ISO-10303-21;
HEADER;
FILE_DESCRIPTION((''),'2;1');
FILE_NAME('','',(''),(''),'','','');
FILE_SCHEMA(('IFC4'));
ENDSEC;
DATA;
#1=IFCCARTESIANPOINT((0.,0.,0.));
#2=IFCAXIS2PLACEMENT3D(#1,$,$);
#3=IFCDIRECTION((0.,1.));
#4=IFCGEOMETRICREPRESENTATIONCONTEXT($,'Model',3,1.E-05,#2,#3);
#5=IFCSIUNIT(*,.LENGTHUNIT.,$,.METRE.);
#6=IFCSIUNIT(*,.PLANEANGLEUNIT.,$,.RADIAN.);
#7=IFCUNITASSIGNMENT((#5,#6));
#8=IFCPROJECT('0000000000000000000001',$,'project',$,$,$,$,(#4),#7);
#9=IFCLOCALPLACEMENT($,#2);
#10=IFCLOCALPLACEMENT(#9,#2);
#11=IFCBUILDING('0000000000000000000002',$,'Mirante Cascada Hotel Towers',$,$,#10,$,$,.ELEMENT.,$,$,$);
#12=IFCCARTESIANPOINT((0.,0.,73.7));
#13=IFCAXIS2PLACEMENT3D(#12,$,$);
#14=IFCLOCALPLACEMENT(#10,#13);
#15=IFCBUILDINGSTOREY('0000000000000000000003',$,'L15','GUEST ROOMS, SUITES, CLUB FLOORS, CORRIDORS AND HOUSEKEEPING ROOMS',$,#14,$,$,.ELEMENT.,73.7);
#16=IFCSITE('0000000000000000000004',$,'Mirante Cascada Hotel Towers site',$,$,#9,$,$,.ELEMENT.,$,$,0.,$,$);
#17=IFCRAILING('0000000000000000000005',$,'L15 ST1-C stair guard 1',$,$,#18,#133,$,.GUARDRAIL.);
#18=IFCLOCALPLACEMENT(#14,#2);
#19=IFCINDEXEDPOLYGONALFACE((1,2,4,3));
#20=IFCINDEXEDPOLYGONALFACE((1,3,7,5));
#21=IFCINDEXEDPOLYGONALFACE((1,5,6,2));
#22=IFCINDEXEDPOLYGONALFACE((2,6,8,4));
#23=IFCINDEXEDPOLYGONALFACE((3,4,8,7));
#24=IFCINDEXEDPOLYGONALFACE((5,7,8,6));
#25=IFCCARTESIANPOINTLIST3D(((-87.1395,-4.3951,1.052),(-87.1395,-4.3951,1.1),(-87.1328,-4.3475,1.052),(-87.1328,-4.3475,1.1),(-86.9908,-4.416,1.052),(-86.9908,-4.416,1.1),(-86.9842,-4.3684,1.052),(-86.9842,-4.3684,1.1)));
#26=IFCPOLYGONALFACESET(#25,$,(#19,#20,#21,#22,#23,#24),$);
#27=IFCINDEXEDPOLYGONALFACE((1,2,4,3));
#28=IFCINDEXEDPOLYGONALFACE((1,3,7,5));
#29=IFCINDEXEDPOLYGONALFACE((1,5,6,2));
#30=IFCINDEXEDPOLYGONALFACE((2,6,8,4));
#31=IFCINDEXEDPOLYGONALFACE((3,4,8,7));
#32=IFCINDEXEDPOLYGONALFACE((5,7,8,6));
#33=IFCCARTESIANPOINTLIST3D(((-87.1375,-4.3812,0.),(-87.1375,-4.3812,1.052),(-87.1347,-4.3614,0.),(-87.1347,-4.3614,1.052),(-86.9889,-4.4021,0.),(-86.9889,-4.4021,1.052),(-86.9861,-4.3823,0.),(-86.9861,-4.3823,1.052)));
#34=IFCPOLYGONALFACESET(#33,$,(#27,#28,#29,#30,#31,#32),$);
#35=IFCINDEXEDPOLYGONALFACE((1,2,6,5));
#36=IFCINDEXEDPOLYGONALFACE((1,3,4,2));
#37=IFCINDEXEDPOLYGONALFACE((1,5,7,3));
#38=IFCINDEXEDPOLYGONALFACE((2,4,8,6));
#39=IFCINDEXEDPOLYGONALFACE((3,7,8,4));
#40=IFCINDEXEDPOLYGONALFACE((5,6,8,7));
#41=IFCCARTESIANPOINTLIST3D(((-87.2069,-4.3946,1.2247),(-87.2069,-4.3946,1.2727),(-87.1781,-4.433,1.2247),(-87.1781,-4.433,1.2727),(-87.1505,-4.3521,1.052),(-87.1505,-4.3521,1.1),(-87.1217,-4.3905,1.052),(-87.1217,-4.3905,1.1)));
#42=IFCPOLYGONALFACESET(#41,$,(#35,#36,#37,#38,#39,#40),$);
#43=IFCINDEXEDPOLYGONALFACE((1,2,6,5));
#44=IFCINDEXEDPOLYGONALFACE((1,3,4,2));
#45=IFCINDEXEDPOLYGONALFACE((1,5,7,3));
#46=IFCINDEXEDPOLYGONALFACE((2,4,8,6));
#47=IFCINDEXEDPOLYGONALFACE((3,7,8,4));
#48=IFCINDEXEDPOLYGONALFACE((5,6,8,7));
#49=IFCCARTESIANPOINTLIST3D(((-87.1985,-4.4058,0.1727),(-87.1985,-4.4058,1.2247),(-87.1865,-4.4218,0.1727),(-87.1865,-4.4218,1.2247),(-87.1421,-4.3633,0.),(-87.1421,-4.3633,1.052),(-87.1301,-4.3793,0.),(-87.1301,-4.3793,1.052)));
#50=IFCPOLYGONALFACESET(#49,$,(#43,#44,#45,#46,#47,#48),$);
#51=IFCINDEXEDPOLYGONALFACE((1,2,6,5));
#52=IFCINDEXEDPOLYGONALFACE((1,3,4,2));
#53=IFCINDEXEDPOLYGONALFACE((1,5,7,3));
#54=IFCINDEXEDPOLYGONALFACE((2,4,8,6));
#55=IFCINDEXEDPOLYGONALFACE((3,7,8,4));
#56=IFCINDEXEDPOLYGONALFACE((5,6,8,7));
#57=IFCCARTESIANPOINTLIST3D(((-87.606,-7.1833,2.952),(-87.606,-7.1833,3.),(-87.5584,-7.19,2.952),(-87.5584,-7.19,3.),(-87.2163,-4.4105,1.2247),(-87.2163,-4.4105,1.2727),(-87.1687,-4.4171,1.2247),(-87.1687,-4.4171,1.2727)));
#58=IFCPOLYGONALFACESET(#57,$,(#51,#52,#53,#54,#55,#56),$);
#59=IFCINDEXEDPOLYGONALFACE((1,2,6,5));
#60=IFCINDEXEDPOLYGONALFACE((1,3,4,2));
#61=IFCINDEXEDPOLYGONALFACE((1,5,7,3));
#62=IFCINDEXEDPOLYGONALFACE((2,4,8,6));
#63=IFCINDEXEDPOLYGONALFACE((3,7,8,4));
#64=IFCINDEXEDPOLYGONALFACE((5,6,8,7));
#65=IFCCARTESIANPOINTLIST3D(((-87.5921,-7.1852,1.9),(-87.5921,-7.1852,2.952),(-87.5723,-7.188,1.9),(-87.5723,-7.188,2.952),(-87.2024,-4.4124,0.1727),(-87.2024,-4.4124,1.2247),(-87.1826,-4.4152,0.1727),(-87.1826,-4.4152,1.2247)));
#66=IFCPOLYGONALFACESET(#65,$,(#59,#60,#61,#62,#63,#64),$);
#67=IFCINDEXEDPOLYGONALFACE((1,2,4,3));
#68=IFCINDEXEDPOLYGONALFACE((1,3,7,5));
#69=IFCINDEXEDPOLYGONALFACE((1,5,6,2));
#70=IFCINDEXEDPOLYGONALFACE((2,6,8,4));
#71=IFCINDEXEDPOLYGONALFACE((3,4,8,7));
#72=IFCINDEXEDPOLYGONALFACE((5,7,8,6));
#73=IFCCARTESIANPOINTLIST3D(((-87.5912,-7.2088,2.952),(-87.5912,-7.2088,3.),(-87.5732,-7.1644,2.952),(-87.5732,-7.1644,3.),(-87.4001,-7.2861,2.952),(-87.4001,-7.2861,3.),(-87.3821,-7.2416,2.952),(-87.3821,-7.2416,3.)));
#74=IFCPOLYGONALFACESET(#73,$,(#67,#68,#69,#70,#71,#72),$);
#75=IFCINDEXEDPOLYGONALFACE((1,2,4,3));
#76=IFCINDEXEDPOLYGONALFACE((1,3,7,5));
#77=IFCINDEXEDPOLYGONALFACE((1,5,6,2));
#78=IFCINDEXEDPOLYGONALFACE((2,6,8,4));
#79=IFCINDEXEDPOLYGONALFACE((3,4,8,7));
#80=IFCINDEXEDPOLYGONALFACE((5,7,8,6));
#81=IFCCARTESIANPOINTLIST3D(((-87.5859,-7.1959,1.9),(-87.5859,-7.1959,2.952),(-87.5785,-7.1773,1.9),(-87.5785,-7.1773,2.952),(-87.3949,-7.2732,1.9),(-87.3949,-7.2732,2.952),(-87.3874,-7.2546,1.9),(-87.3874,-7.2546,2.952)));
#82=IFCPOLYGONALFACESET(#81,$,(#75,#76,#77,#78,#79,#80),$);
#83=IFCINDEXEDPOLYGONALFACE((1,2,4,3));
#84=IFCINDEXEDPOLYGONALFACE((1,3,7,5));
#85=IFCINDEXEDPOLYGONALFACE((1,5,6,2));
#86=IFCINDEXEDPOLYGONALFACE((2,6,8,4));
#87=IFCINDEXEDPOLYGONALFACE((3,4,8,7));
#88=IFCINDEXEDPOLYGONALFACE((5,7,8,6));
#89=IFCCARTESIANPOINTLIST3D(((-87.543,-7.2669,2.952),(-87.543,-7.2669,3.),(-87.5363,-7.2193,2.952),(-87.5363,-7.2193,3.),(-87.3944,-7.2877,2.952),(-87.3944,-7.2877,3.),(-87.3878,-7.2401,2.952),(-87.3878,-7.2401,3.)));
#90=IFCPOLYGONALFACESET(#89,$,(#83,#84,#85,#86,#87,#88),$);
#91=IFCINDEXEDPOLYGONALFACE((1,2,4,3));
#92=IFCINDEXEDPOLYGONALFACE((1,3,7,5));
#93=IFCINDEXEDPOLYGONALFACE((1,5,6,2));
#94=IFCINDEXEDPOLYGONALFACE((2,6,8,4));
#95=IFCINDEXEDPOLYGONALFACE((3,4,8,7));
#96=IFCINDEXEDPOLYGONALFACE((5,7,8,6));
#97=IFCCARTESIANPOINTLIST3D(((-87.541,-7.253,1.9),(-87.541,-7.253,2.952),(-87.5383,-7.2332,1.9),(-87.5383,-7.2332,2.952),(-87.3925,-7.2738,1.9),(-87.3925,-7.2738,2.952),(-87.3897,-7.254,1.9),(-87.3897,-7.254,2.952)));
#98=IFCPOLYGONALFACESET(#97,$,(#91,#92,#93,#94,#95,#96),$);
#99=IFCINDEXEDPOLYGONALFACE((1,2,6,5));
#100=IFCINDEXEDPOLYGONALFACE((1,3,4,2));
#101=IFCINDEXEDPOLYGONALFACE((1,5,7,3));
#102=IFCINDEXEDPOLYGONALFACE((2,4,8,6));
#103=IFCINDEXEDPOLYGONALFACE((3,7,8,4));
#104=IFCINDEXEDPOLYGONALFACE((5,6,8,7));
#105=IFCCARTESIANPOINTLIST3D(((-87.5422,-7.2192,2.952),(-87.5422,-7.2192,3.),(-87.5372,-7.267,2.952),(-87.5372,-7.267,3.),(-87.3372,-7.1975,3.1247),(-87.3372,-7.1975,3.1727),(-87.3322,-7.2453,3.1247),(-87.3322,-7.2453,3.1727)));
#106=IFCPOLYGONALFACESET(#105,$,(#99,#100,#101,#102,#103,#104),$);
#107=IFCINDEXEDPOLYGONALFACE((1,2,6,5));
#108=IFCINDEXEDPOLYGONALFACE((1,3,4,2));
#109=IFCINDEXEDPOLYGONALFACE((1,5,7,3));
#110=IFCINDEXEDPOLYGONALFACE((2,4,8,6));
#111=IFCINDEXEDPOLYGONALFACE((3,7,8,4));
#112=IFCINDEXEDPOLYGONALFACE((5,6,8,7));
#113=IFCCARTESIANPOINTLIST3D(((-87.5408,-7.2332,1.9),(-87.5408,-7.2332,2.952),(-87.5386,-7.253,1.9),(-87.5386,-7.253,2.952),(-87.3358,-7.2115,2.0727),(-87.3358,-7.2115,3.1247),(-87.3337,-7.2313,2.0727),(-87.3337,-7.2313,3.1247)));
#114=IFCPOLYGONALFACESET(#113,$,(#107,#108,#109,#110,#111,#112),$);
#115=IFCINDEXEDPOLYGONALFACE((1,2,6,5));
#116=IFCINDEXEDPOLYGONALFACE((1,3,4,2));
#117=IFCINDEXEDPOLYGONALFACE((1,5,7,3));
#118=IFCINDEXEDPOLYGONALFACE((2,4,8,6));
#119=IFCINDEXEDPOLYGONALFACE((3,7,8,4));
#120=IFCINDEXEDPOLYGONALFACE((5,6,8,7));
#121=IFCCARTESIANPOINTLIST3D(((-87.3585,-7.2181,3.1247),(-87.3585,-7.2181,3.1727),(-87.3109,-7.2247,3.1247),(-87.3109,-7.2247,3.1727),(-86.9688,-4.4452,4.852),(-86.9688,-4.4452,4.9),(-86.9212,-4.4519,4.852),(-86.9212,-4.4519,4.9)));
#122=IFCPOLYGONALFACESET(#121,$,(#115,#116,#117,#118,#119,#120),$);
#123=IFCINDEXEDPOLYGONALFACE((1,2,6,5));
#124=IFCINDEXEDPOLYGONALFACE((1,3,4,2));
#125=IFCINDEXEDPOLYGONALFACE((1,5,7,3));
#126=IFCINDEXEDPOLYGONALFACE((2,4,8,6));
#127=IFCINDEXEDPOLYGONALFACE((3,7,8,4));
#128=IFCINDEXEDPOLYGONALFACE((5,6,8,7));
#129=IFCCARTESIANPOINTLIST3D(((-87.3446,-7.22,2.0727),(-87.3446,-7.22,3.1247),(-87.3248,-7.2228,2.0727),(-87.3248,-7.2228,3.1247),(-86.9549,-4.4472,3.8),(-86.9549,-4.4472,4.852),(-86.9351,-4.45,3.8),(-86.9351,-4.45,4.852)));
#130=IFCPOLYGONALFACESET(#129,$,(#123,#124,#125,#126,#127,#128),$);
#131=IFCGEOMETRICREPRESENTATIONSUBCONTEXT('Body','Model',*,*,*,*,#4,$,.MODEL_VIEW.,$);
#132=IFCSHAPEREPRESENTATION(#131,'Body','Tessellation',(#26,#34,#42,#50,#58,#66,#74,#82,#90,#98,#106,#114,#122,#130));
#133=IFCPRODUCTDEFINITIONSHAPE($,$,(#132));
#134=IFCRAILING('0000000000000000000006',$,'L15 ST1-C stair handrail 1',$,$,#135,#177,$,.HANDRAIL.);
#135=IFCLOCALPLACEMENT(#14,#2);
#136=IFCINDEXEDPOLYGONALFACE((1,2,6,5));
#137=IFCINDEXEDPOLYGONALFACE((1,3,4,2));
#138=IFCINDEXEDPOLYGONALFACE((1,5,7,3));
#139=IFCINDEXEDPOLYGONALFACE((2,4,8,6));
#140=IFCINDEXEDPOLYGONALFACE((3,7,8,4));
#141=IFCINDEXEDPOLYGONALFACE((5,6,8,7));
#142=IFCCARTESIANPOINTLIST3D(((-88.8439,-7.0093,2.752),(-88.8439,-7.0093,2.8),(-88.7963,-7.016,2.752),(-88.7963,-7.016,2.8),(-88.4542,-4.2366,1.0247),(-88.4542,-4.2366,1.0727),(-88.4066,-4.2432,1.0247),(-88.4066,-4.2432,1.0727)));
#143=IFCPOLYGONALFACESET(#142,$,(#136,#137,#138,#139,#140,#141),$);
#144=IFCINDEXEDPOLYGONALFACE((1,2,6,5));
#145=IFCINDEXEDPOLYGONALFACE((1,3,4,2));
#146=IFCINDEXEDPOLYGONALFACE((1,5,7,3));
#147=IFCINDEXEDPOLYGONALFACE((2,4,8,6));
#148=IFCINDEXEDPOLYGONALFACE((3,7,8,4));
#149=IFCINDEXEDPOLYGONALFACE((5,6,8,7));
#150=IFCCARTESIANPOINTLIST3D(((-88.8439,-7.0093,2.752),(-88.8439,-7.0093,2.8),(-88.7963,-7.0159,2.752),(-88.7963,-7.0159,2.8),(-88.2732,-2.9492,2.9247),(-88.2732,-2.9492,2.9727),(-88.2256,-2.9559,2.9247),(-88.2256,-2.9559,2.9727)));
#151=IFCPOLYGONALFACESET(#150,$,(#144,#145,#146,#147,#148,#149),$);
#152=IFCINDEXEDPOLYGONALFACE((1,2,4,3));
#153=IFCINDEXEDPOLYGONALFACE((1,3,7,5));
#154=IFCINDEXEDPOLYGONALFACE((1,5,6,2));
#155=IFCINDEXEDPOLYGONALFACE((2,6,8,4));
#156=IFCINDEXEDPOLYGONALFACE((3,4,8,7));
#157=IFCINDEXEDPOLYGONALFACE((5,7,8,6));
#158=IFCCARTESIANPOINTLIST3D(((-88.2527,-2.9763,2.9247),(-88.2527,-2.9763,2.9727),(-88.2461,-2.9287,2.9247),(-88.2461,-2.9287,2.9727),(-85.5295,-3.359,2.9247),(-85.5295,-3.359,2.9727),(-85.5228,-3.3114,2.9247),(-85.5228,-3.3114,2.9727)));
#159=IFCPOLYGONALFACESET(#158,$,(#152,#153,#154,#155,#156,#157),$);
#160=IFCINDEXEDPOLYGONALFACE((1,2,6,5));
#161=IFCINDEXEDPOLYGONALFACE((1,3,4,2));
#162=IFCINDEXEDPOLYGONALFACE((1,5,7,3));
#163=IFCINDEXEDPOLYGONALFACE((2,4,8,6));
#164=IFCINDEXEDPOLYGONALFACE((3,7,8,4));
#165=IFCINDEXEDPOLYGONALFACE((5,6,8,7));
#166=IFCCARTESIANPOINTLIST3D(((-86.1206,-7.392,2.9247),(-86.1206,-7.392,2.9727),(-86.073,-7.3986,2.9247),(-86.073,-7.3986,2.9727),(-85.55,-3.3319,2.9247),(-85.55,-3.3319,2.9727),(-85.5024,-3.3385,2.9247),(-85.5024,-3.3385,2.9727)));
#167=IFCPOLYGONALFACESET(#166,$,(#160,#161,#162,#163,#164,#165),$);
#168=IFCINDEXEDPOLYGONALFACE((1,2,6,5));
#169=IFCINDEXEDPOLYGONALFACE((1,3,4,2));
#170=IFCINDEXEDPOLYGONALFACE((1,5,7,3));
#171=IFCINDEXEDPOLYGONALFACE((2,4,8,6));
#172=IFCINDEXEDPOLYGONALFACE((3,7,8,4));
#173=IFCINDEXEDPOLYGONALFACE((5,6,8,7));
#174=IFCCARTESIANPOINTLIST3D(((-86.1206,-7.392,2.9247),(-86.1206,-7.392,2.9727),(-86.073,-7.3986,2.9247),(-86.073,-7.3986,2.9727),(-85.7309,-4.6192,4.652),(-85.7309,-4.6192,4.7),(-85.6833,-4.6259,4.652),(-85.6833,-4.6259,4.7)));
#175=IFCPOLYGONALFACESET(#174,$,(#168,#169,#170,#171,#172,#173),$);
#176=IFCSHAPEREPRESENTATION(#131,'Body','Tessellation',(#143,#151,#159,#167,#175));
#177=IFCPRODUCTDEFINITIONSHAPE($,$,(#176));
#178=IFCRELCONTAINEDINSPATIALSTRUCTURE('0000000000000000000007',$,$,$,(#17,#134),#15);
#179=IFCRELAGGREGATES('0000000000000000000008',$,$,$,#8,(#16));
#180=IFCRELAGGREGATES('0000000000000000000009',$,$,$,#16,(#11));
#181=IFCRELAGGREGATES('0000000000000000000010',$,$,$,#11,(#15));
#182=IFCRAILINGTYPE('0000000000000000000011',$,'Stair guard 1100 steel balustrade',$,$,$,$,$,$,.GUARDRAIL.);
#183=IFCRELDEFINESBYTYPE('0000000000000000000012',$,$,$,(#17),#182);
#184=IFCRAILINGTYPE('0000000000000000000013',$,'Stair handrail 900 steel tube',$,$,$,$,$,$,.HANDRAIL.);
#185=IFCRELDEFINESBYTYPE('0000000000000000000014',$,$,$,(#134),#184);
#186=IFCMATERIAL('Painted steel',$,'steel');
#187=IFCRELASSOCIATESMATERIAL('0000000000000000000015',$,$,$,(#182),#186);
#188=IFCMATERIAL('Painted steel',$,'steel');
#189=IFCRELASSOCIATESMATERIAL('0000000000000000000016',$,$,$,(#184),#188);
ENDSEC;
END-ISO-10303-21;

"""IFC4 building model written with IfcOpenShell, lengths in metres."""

from ifc_helpers import new_model, si_unit, direction, frame, origin, origin_2d, place, context, subcontext, project, spatial, rectangle, extrude, material, type_object, element, save


model = new_model("IFC4")

# Units and contexts
model_context = context("Model", 3, precision=1e-05, world=origin(), true_north=direction((0.0, 1.0)))
body_context = subcontext(model_context, "Body", "Model", "MODEL_VIEW")
ifc_project = project(units=[si_unit("LENGTHUNIT", "METRE"), si_unit("PLANEANGLEUNIT", "RADIAN")], contexts=[model_context])

# Site, building, storey
site_placement = place(None, origin())
site = spatial("IfcSite", under=ifc_project, at=site_placement, Name="Mirante Cascada Hotel Towers site", CompositionType="ELEMENT", RefElevation=0.0)
building_placement = place(site_placement, origin())
building = spatial("IfcBuilding", under=site, at=building_placement, Name="Mirante Cascada Hotel Towers", CompositionType="ELEMENT")
storey_placement = place(building_placement, frame((0.0, 0.0, 73.7)))
storey = spatial("IfcBuildingStorey", under=building, at=storey_placement, Name="L15", Description="GUEST ROOMS, SUITES, CLUB FLOORS, CORRIDORS AND HOUSEKEEPING ROOMS", CompositionType="ELEMENT", Elevation=73.7)

# Railings
ifc_material_1 = material(Name="Painted steel", Category="steel")
railing_type_1 = type_object("IfcRailingType", Name="Stair guard 1100 steel balustrade", PredefinedType="GUARDRAIL", material=ifc_material_1)
railing_1_placement = place(storey_placement, frame((-86.9875, -4.3922, 0.0)))
element("IfcRailing", 1, at=railing_1_placement, inside=storey, type_object=railing_type_1, Name="L15 ST1-C stair guard 1", PredefinedType="GUARDRAIL", context=body_context, shape_type="SweptSolid", body=[
    extrude(rectangle(XDim=0.048, YDim=0.048, at=origin_2d()), frame((0.0, 0.0, 1.076), z_axis=(-0.990254, 0.139275, 0.0), x_axis=(-0.139275, -0.990254, 0.0)), (0.0, 0.0, 1.0), 0.1501),
    extrude(rectangle(XDim=0.02, YDim=1.052, at=origin_2d()), frame((0.0, 0.0, 0.526), z_axis=(-0.990254, 0.139275, 0.0), x_axis=(-0.139275, -0.990254, 0.0)), (0.0, 0.0, 1.0), 0.1501),
    extrude(rectangle(XDim=0.048, YDim=0.048, at=origin_2d()), frame((-0.1486, 0.0209, 1.076), z_axis=(-0.798639, -0.601811, 0.0), x_axis=(0.601811, -0.798639, 0.0)), (0.0, 0.925603, 0.378496), 0.1866),
    extrude(rectangle(XDim=0.02, YDim=1.052, at=origin_2d()), frame((-0.1486, 0.0209, 0.526), z_axis=(-0.798639, -0.601811, 0.0), x_axis=(0.601811, -0.798639, 0.0)), (0.0, 0.925603, 0.378496), 0.1866),
    extrude(rectangle(XDim=0.048, YDim=0.048, at=origin_2d()), frame((-0.205, -0.0216, 1.2487), z_axis=(-0.139176, -0.990268, 0.0), x_axis=(0.990268, -0.139176, 0.0)), (0.0, 0.525021, 0.851089), 3.29),
    extrude(rectangle(XDim=0.02, YDim=1.052, at=origin_2d()), frame((-0.205, -0.0216, 0.6987), z_axis=(-0.139176, -0.990268, 0.0), x_axis=(0.990268, -0.139176, 0.0)), (0.0, 0.525021, 0.851089), 3.29),
    extrude(rectangle(XDim=0.048, YDim=0.048, at=origin_2d()), frame((-0.5947, -2.7944, 2.976), z_axis=(0.927031, -0.374984, 0.0), x_axis=(0.374984, 0.927031, 0.0)), (0.0, 0.0, 1.0), 0.2061),
    extrude(rectangle(XDim=0.02, YDim=1.052, at=origin_2d()), frame((-0.5947, -2.7944, 2.426), z_axis=(0.927031, -0.374984, 0.0), x_axis=(0.374984, 0.927031, 0.0)), (0.0, 0.0, 1.0), 0.2061),
    extrude(rectangle(XDim=0.048, YDim=0.048, at=origin_2d()), frame((-0.4036, -2.8717, 2.976), z_axis=(-0.990345, 0.138622, 0.0), x_axis=(-0.138622, -0.990345, 0.0)), (0.0, 0.0, 1.0), 0.15),
    extrude(rectangle(XDim=0.02, YDim=1.052, at=origin_2d()), frame((-0.4036, -2.8717, 2.426), z_axis=(-0.990345, 0.138622, 0.0), x_axis=(-0.138622, -0.990345, 0.0)), (0.0, 0.0, 1.0), 0.15),
    extrude(rectangle(XDim=0.048, YDim=0.048, at=origin_2d()), frame((-0.5522, -2.8509, 2.976), z_axis=(0.994444, 0.105266, 0.0), x_axis=(-0.105266, 0.994444, 0.0)), (0.0, 0.642184, 0.76655), 0.2689),
    extrude(rectangle(XDim=0.02, YDim=1.052, at=origin_2d()), frame((-0.5522, -2.8509, 2.426), z_axis=(0.994444, 0.105266, 0.0), x_axis=(-0.105266, 0.994444, 0.0)), (0.0, 0.642184, 0.76655), 0.2689),
    extrude(rectangle(XDim=0.048, YDim=0.048, at=origin_2d()), frame((-0.3472, -2.8292, 3.1487), z_axis=(0.139176, 0.990268, 0.0), x_axis=(-0.990268, 0.139176, 0.0)), (0.0, 0.525021, 0.851089), 3.29),
    extrude(rectangle(XDim=0.02, YDim=1.052, at=origin_2d()), frame((-0.3472, -2.8292, 2.5987), z_axis=(0.139176, 0.990268, 0.0), x_axis=(-0.990268, 0.139176, 0.0)), (0.0, 0.525021, 0.851089), 3.29),
])
ifc_material_2 = material(Name="Painted steel", Category="steel")
railing_type_2 = type_object("IfcRailingType", Name="Stair handrail 900 steel tube", PredefinedType="HANDRAIL", material=ifc_material_2)
railing_2_placement = place(storey_placement, frame((-88.4304, -4.2399, 0.1727)))
element("IfcRailing", 2, at=railing_2_placement, inside=storey, type_object=railing_type_2, Name="L15 ST1-C stair handrail 1", PredefinedType="HANDRAIL", context=body_context, shape_type="SweptSolid", body=[
    extrude(rectangle(XDim=0.048, YDim=0.048, at=origin_2d()), frame((0.0, 0.0, 0.876), z_axis=(-0.139181, -0.990267, 0.0), x_axis=(0.990267, -0.139181, 0.0)), (0.0, 0.525035, 0.851081), 3.2899),
    extrude(rectangle(XDim=0.048, YDim=0.048, at=origin_2d()), frame((-0.3897, -2.7727, 2.6033), z_axis=(0.139195, 0.990265, 0.0), x_axis=(-0.990265, 0.139195, 0.0)), (0.0, 0.042084, 0.999114), 4.1036),
    extrude(rectangle(XDim=0.048, YDim=0.048, at=origin_2d()), frame((0.181, 1.2874, 2.776), z_axis=(0.990269, -0.139166, 0.0), x_axis=(0.139166, 0.990269, 0.0)), (0.0, 0.0, 1.0), 2.75),
    extrude(rectangle(XDim=0.048, YDim=0.048, at=origin_2d()), frame((2.9042, 0.9047, 2.776), z_axis=(-0.139171, -0.990268, 0.0), x_axis=(0.990268, -0.139171, 0.0)), (0.0, 0.0, 1.0), 4.1),
    extrude(rectangle(XDim=0.048, YDim=0.048, at=origin_2d()), frame((2.3336, -3.1554, 2.776), z_axis=(0.139181, 0.990267, 0.0), x_axis=(-0.990267, 0.139181, 0.0)), (0.0, 0.525035, 0.851081), 3.2899),
])

save(model, "model.ifc")
